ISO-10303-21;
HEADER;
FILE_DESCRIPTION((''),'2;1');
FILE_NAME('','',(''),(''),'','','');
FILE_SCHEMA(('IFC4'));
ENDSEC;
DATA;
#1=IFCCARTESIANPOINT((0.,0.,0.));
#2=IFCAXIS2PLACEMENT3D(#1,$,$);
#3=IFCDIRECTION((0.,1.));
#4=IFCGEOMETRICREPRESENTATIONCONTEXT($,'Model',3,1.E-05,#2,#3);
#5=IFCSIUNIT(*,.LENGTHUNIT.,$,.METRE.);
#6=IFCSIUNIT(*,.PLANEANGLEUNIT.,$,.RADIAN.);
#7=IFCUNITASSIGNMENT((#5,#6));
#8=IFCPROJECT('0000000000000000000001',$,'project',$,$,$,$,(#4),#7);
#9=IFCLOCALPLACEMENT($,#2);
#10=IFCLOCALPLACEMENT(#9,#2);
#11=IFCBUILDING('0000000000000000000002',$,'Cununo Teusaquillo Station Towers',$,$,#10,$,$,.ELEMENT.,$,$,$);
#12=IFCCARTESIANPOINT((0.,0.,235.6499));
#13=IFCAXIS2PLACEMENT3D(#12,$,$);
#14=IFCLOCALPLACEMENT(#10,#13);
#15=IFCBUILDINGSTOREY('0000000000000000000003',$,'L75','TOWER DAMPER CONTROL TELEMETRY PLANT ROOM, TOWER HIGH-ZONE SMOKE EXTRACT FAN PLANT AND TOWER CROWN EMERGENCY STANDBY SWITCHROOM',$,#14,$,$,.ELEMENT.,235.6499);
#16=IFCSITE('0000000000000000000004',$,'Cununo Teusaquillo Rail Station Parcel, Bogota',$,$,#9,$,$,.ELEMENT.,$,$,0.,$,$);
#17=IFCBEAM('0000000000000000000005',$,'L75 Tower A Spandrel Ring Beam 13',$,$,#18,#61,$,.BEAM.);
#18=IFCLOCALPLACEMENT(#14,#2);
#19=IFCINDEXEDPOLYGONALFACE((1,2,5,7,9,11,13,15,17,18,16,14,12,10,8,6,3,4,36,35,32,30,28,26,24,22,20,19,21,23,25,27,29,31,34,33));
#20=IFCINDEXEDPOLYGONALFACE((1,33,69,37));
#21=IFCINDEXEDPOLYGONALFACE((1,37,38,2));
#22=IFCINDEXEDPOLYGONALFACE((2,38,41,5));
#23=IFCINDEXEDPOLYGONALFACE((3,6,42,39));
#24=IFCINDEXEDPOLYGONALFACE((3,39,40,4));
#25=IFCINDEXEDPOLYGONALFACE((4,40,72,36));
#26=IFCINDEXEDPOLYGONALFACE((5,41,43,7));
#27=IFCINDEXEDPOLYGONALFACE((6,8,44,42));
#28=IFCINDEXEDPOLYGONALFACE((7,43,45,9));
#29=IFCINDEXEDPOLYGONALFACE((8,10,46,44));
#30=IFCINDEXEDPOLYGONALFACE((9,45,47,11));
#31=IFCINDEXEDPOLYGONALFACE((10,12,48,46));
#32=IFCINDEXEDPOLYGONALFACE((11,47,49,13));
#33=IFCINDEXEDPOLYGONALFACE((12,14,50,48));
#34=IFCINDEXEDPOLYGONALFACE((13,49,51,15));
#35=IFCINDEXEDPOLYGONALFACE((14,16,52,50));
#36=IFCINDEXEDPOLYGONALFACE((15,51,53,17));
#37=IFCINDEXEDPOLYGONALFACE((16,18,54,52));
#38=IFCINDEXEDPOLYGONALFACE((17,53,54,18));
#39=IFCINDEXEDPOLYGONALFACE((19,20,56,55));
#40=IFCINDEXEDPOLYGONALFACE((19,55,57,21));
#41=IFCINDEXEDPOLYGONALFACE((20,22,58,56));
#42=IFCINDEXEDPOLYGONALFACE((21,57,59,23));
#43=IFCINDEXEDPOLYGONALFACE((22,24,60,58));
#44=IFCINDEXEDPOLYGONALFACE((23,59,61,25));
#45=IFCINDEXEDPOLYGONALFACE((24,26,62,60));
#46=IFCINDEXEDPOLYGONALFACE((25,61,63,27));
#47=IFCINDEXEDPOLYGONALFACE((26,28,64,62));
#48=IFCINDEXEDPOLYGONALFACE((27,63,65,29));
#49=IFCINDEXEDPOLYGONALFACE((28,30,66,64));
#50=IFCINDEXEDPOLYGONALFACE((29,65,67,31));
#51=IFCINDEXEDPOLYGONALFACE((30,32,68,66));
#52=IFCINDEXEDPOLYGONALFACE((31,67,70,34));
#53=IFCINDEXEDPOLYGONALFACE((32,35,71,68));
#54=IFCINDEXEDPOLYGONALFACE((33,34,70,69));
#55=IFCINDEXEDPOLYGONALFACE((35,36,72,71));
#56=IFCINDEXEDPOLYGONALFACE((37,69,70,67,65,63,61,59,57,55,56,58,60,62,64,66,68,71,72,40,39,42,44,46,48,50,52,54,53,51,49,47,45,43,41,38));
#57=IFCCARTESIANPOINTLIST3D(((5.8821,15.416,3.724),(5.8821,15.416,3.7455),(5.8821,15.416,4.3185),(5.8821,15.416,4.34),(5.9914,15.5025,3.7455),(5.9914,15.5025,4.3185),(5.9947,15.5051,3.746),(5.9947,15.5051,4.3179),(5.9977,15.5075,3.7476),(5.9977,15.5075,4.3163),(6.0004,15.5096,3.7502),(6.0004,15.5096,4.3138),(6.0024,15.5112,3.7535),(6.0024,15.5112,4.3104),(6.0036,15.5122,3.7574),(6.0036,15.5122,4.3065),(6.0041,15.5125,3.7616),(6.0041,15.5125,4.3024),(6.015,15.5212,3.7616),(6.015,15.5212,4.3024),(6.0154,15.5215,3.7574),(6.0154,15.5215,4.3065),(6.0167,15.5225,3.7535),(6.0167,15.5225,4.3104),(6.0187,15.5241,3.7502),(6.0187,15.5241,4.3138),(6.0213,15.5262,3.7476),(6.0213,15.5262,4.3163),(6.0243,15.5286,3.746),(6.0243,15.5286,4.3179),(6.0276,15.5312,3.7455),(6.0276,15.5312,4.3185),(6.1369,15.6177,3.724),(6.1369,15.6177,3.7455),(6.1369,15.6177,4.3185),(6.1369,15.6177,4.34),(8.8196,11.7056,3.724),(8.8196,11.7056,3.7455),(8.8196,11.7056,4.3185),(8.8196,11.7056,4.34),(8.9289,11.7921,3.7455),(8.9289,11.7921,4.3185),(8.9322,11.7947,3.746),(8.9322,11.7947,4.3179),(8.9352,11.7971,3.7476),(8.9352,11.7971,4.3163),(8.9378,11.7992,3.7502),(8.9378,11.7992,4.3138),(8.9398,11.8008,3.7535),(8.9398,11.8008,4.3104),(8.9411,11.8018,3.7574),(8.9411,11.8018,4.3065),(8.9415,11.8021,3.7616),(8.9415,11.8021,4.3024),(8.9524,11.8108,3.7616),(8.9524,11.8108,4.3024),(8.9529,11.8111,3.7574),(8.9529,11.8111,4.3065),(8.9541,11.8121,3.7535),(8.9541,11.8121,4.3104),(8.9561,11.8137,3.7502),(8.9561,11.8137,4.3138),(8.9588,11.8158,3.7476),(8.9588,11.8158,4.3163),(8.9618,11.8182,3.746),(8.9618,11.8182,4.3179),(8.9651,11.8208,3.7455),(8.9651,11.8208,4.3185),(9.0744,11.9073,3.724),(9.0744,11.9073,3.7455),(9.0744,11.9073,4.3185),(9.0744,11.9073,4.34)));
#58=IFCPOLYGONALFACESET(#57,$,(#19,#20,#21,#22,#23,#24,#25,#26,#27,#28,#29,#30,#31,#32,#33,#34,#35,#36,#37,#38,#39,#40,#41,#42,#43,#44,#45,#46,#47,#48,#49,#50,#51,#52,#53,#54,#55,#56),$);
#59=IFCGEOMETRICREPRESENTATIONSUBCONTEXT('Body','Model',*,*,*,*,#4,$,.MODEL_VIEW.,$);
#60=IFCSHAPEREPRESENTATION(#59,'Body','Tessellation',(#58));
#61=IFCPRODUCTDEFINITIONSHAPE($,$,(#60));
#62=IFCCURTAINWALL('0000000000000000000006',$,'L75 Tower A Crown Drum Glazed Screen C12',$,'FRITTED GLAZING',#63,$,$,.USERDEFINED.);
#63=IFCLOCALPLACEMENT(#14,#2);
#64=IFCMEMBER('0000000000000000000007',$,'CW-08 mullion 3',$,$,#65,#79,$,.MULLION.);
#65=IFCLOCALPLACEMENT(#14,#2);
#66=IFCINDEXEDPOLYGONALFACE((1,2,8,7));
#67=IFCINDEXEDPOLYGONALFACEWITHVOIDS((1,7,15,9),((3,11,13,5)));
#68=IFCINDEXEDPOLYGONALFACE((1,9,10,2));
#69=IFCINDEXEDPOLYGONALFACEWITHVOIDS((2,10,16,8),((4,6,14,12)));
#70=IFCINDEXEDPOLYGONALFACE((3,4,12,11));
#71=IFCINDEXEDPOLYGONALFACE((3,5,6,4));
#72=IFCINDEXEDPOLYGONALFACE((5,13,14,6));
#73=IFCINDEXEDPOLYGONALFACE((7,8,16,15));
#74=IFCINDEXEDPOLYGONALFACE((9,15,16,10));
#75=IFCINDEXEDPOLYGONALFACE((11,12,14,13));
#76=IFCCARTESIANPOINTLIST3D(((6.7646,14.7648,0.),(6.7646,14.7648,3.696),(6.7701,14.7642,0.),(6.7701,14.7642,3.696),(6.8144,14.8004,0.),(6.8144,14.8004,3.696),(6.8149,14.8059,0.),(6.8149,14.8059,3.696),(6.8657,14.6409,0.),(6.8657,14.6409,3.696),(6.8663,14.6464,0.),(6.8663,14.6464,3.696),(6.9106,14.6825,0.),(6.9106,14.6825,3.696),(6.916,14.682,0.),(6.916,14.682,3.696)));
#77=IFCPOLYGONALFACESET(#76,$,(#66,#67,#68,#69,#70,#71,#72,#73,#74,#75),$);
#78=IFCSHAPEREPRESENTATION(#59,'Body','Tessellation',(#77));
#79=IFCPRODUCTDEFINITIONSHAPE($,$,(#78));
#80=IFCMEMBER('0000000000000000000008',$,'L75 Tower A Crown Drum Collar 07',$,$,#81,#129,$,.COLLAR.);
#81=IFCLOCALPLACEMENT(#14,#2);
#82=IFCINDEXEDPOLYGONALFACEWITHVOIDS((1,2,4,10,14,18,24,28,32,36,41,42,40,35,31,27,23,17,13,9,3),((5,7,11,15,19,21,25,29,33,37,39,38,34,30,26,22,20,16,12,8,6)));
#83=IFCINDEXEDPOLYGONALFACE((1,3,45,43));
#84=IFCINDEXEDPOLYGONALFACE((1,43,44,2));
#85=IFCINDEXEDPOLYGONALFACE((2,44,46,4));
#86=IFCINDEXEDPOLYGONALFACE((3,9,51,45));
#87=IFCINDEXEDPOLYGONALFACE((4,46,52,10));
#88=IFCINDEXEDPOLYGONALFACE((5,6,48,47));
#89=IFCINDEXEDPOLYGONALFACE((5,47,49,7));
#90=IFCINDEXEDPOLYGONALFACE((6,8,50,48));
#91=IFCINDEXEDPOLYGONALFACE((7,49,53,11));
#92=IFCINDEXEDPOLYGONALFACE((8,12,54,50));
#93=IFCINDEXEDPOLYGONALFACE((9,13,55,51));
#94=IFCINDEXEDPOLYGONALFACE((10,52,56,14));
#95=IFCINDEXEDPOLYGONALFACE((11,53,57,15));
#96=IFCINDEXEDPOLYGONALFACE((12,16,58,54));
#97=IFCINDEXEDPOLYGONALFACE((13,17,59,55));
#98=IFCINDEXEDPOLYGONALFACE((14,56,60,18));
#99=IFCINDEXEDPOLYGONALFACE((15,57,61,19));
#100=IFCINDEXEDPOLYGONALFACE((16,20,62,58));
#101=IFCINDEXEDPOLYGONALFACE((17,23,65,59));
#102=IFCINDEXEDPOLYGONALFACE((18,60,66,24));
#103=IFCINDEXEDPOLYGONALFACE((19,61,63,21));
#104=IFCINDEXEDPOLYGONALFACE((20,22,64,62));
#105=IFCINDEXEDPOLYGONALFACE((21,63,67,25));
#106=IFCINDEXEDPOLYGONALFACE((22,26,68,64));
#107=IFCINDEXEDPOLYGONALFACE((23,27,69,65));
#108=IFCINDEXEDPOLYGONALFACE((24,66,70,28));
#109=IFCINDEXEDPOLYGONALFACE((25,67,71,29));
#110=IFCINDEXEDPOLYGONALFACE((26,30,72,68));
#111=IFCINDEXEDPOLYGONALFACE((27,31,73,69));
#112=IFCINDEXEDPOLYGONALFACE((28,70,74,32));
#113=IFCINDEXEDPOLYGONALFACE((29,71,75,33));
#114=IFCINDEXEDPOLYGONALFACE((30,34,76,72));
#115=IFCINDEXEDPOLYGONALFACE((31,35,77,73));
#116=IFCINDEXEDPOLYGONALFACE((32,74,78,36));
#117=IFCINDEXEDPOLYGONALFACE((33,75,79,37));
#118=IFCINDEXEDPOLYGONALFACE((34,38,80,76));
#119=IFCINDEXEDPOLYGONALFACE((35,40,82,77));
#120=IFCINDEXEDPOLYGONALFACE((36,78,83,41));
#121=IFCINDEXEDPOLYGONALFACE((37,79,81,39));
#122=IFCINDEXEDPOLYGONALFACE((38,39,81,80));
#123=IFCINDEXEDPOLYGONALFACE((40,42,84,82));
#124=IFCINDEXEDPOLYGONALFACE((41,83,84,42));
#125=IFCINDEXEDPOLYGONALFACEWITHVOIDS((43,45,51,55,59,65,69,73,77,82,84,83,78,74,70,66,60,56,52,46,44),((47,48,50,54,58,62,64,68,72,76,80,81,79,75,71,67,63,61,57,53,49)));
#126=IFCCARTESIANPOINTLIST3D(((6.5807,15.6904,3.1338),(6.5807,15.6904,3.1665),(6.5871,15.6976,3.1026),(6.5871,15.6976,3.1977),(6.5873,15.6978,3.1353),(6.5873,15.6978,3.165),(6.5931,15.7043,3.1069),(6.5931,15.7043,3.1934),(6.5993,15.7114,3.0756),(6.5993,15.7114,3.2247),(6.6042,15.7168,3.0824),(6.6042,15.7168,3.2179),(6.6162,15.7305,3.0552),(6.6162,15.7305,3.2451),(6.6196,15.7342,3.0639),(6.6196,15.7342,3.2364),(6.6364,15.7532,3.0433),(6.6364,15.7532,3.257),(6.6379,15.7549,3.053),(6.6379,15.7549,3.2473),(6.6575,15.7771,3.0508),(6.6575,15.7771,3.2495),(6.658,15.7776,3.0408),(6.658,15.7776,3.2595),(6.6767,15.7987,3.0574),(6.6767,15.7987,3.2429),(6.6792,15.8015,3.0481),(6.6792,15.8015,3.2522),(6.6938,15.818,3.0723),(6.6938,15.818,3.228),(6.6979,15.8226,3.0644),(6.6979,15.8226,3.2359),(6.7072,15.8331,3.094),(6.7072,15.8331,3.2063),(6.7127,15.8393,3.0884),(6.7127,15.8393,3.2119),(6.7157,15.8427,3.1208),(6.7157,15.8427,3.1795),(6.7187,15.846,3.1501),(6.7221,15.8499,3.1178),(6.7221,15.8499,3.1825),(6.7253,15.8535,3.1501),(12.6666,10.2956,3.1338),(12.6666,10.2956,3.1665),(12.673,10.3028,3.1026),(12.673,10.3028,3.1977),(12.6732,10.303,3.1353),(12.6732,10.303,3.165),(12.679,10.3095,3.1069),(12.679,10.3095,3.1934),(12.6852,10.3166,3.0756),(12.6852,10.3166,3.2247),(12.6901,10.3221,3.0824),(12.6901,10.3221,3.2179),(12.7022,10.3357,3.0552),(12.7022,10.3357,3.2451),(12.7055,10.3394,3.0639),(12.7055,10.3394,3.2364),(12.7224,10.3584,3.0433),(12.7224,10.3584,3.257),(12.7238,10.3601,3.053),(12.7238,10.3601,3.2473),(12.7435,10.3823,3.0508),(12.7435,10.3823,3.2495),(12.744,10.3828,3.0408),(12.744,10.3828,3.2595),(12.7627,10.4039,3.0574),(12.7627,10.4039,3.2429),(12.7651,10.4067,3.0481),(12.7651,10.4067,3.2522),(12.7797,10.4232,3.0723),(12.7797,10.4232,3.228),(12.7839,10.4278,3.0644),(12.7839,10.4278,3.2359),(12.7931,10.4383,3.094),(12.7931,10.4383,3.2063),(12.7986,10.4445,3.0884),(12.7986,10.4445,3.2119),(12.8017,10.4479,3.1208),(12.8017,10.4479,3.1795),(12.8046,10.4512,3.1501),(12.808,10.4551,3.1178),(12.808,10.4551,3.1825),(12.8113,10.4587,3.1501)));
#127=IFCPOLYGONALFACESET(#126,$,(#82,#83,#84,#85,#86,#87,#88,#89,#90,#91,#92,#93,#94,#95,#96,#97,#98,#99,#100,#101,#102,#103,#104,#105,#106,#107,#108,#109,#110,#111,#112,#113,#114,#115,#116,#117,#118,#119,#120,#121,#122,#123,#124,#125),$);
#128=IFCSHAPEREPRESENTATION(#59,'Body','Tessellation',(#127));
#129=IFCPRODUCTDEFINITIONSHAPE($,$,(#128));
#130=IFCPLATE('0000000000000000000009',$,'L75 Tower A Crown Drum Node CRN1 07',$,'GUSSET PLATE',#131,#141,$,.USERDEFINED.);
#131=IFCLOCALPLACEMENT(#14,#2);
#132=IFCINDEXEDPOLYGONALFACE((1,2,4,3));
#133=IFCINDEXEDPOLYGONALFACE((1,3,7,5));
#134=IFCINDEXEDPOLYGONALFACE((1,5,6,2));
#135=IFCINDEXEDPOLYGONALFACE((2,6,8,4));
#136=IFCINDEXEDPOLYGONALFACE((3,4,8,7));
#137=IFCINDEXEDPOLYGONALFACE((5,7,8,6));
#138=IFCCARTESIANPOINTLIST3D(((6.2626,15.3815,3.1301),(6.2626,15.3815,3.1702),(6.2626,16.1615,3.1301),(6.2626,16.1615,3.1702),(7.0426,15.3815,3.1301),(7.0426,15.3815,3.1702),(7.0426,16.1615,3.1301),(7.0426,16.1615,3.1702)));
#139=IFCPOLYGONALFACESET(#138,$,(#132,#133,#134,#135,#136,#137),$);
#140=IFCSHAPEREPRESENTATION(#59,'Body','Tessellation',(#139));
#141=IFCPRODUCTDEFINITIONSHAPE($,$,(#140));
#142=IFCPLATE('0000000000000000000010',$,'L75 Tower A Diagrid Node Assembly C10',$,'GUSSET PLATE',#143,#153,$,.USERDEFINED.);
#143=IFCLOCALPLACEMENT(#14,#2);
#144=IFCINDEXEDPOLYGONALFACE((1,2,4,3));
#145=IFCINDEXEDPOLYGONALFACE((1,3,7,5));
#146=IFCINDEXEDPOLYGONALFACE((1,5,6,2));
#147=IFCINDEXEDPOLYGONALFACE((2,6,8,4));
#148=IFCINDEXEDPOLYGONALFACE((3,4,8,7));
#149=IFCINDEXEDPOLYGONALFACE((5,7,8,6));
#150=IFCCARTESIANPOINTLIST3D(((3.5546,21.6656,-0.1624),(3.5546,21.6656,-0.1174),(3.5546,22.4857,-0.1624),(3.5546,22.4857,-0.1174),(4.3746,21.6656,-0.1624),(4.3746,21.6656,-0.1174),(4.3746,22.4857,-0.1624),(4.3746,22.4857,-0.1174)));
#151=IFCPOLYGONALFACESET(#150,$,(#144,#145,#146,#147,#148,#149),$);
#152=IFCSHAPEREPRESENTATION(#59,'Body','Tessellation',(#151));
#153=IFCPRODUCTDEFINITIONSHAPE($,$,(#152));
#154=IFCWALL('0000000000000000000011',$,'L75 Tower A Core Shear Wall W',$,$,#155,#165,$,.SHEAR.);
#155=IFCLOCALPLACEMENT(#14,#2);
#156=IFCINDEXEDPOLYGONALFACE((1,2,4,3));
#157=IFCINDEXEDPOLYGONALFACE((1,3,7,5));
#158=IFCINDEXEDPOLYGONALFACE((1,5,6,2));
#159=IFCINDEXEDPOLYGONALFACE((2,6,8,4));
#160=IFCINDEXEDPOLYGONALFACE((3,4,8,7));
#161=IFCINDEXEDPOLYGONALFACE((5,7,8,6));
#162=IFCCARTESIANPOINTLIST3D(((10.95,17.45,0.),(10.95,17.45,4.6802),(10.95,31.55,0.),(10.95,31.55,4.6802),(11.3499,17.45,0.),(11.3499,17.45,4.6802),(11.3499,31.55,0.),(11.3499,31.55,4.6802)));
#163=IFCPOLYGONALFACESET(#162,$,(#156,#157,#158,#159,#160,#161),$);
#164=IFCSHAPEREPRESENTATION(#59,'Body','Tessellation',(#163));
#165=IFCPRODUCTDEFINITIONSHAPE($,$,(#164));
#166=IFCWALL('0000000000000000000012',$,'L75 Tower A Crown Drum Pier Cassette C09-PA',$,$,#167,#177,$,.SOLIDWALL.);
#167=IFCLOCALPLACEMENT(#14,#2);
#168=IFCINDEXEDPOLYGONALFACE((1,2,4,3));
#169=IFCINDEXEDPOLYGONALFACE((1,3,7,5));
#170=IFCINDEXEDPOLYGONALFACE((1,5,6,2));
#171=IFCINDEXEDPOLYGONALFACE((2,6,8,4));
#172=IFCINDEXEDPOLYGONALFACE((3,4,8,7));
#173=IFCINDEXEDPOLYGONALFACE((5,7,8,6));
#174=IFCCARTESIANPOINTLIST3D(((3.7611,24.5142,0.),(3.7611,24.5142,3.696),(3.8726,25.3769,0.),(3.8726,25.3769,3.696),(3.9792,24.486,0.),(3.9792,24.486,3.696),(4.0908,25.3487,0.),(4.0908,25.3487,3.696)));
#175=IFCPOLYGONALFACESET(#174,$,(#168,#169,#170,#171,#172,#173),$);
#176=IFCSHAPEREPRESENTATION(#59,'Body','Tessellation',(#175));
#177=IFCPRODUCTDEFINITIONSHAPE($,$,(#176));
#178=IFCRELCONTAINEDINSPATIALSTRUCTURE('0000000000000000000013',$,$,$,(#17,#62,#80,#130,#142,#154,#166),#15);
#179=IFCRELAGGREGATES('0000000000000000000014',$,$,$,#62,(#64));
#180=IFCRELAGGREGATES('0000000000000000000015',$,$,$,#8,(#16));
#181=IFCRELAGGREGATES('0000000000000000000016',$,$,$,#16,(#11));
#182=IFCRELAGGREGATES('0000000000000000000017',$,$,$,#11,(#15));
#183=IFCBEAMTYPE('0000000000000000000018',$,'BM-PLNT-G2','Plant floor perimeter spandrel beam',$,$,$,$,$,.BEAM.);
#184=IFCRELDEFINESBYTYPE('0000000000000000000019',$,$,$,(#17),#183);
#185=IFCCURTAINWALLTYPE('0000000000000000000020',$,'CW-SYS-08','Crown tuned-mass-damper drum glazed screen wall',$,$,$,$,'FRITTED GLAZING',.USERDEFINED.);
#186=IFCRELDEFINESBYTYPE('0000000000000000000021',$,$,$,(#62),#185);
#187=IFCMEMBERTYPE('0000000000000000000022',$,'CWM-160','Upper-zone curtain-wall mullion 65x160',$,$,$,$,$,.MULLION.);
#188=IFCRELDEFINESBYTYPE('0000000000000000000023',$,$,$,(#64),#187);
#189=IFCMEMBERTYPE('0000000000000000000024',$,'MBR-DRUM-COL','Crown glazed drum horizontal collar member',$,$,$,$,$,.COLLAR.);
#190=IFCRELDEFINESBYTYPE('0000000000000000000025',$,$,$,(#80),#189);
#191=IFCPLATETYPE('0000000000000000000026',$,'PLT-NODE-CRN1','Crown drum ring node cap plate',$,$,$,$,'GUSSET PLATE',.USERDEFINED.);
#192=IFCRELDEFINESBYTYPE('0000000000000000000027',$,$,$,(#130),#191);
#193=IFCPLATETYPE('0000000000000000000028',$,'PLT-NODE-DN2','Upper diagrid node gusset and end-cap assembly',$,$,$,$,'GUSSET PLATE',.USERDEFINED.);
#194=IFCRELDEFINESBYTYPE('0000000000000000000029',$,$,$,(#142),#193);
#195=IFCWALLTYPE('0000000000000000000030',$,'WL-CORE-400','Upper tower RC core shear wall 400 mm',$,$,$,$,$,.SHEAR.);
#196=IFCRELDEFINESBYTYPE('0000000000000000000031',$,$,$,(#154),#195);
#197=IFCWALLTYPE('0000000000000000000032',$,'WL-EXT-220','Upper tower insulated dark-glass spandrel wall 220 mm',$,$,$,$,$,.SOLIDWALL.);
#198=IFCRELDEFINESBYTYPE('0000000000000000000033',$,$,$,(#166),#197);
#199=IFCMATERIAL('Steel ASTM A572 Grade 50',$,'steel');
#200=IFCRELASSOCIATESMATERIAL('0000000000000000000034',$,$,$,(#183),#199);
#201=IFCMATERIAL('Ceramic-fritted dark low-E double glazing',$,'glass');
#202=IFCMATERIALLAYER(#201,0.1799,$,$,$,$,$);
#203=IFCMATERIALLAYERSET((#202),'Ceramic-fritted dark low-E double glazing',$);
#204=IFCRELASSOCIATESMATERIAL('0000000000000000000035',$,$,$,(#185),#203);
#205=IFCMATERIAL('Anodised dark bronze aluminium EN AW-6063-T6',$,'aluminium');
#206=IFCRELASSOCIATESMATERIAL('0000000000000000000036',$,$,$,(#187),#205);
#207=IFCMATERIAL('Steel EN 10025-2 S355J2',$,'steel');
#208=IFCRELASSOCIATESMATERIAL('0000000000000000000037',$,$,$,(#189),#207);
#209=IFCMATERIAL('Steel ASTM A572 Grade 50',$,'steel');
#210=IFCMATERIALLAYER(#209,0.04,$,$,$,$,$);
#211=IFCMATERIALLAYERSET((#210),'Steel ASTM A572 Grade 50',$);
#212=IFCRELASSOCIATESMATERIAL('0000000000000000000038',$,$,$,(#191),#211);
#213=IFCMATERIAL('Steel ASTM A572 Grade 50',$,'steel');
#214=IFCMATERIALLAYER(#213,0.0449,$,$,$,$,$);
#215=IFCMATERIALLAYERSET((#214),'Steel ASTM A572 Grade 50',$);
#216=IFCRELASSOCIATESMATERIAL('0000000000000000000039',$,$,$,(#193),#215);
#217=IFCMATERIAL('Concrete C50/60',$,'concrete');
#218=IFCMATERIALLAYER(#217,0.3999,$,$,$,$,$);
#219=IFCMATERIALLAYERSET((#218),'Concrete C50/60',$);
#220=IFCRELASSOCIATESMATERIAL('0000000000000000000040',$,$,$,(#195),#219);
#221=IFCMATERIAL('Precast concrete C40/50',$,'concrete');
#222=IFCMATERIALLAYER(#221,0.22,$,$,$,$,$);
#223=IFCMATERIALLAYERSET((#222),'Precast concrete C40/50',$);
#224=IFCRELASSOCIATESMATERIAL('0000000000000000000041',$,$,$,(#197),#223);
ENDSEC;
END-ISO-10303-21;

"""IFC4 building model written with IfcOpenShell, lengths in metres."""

from ifc_helpers import new_model, si_unit, direction, frame, frame_2d, origin, origin_2d, place, context, subcontext, project, spatial, rectangle, hollow_rectangle, hollow_circle, i_section, extrude, source, transform, mapped, material, layer, layer_set, material_profile, profile_set, type_object, element, aggregate, save


model = new_model("IFC4")

# Units and contexts
model_context = context("Model", 3, precision=1e-05, world=origin(), true_north=direction((0.0, 1.0)))
body_context = subcontext(model_context, "Body", "Model", "MODEL_VIEW")
ifc_project = project(units=[si_unit("LENGTHUNIT", "METRE"), si_unit("PLANEANGLEUNIT", "RADIAN")], contexts=[model_context])

# Site, building, storey
site_placement = place(None, origin())
site = spatial("IfcSite", under=ifc_project, at=site_placement, Name="Cununo Teusaquillo Rail Station Parcel, Bogota", CompositionType="ELEMENT", RefElevation=0.0)
building_placement = place(site_placement, origin())
building = spatial("IfcBuilding", under=site, at=building_placement, Name="Cununo Teusaquillo Station Towers", CompositionType="ELEMENT")
storey_placement = place(building_placement, frame((0.0, 0.0, 235.6499)))
storey = spatial("IfcBuildingStorey", under=building, at=storey_placement, Name="L75", Description="TOWER DAMPER CONTROL TELEMETRY PLANT ROOM, TOWER HIGH-ZONE SMOKE EXTRACT FAN PLANT AND TOWER CROWN EMERGENCY STANDBY SWITCHROOM", CompositionType="ELEMENT", Elevation=235.6499)

# Beam
ifc_material_1 = material(Name="Steel ASTM A572 Grade 50", Category="steel")
ifc_material_profile_1 = material_profile(ifc_material_1, i_section(OverallWidth=0.325, OverallDepth=0.616, WebThickness=0.0139, FlangeThickness=0.0215, FilletRadius=0.0161, at=origin_2d()), Name="W24X117")
ifc_profile_set_1 = profile_set([ifc_material_profile_1], Name="Steel ASTM A572 Grade 50")
beam_type = type_object("IfcBeamType", Name="BM-PLNT-G2", Description="Plant floor perimeter spandrel beam", PredefinedType="BEAM", material=ifc_profile_set_1)
beam_1_placement = place(storey_placement, frame((6.0095, 15.5168, 4.032), z_axis=(0.620711, -0.78404, 0.0), x_axis=(0.78404, 0.620711, 0.0)))
element("IfcBeam", 1, at=beam_1_placement, inside=storey, type_object=beam_type, Name="L75 Tower A Spandrel Ring Beam 13", PredefinedType="BEAM", context=body_context, shape_type="SweptSolid", body=[
    extrude(i_section(OverallWidth=0.325, OverallDepth=0.616, WebThickness=0.0139, FlangeThickness=0.0215, FilletRadius=0.0161, at=origin_2d()), origin(), (0.0, 0.0, 1.0), 4.7324),
])

# Curtain wall, member
ifc_material_2 = material(Name="Ceramic-fritted dark low-E double glazing", Category="glass")
ifc_layer_1 = layer(ifc_material_2, 0.1799)
ifc_layer_set_1 = layer_set([ifc_layer_1], Name="Ceramic-fritted dark low-E double glazing")
curtain_wall_type = type_object("IfcCurtainWallType", Name="CW-SYS-08", Description="Crown tuned-mass-damper drum glazed screen wall", ElementType="FRITTED GLAZING", PredefinedType="USERDEFINED", material=ifc_layer_set_1)
curtain_wall_placement = place(storey_placement, origin())
curtain_wall = element("IfcCurtainWall", 2, at=curtain_wall_placement, inside=storey, type_object=curtain_wall_type, Name="L75 Tower A Crown Drum Glazed Screen C12", ObjectType="FRITTED GLAZING", PredefinedType="USERDEFINED")
ifc_material_3 = material(Name="Anodised dark bronze aluminium EN AW-6063-T6", Category="aluminium")
ifc_material_profile_2 = material_profile(ifc_material_3, hollow_rectangle(XDim=0.0649, YDim=0.1599, WallThickness=0.0039, at=origin_2d()), Name="CW-MULL-65x160")
ifc_profile_set_2 = profile_set([ifc_material_profile_2], Name="Anodised dark bronze aluminium EN AW-6063-T6")
member_type_1 = type_object("IfcMemberType", Name="CWM-160", Description="Upper-zone curtain-wall mullion 65x160", PredefinedType="MULLION", material=ifc_profile_set_2)
member_1_placement = place(storey_placement, frame((6.8403, 14.7234, 0.0), z_axis=(0.0, 0.0, 1.0), x_axis=(-0.774635, -0.632409, 0.0)))
member_1 = element("IfcMember", 3, at=member_1_placement, type_object=member_type_1, Name="CW-08 mullion 3", PredefinedType="MULLION", context=body_context, shape_type="SweptSolid", body=[
    extrude(hollow_rectangle(XDim=0.0649, YDim=0.1599, WallThickness=0.0039, at=origin_2d()), origin(), (0.0, 0.0, 1.0), 3.696),
])
aggregate(curtain_wall, [member_1])

# Member
ifc_material_4 = material(Name="Steel EN 10025-2 S355J2", Category="steel")
ifc_material_profile_3 = material_profile(ifc_material_4, hollow_circle(Radius=0.1096, WallThickness=0.01, at=origin_2d()), Name="CHS 219x10")
ifc_profile_set_3 = profile_set([ifc_material_profile_3], Name="Steel EN 10025-2 S355J2")
member_type_2 = type_object("IfcMemberType", Name="MBR-DRUM-COL", Description="Crown glazed drum horizontal collar member", PredefinedType="COLLAR", material=ifc_profile_set_3)
member_2_placement = place(storey_placement, frame((6.6526, 15.7715, 3.1501), z_axis=(0.748321, -0.663337, 0.0), x_axis=(0.663337, 0.748321, 0.0)))
element("IfcMember", 4, at=member_2_placement, inside=storey, type_object=member_type_2, Name="L75 Tower A Crown Drum Collar 07", PredefinedType="COLLAR", context=body_context, shape_type="SweptSolid", body=[
    extrude(hollow_circle(Radius=0.1096, WallThickness=0.01, at=origin_2d()), origin(), (0.0, 0.0, 1.0), 8.1328),
])

# Plates
ifc_material_5 = material(Name="Steel ASTM A572 Grade 50", Category="steel")
ifc_layer_2 = layer(ifc_material_5, 0.04)
ifc_layer_set_2 = layer_set([ifc_layer_2], Name="Steel ASTM A572 Grade 50")
plate_type_1 = type_object("IfcPlateType", Name="PLT-NODE-CRN1", Description="Crown drum ring node cap plate", ElementType="GUSSET PLATE", PredefinedType="USERDEFINED", material=ifc_layer_set_2)
shared_shape_1 = source(origin(), body_context, "Body", "SweptSolid", [
    extrude(rectangle(XDim=0.78, YDim=0.78, at=origin_2d()), origin(), (0.0, 0.0, 1.0), 0.04),
])
plate_1_placement = place(storey_placement, frame((6.6526, 15.7715, 3.1301), z_axis=(0.0, 0.0, 1.0), x_axis=(1.0, 0.0, 0.0)))
element("IfcPlate", 5, at=plate_1_placement, inside=storey, type_object=plate_type_1, Name="L75 Tower A Crown Drum Node CRN1 07", ObjectType="GUSSET PLATE", PredefinedType="USERDEFINED", context=body_context, shape_type="MappedRepresentation", body=[
    mapped(shared_shape_1, transform((0.0, 0.0, 0.0), x_axis=(1.0, 0.0, 0.0), y_axis=(0.0, 1.0, 0.0), z_axis=(0.0, 0.0, 1.0), scale=1.0)),
])
ifc_material_6 = material(Name="Steel ASTM A572 Grade 50", Category="steel")
ifc_layer_3 = layer(ifc_material_6, 0.0449)
ifc_layer_set_3 = layer_set([ifc_layer_3], Name="Steel ASTM A572 Grade 50")
plate_type_2 = type_object("IfcPlateType", Name="PLT-NODE-DN2", Description="Upper diagrid node gusset and end-cap assembly", ElementType="GUSSET PLATE", PredefinedType="USERDEFINED", material=ifc_layer_set_3)
shared_shape_2 = source(origin(), body_context, "Body", "SweptSolid", [
    extrude(rectangle(XDim=0.8201, YDim=0.8201, at=origin_2d()), origin(), (0.0, 0.0, 1.0), 0.0449),
])
plate_2_placement = place(storey_placement, frame((3.9646, 22.0757, -0.1624), z_axis=(0.0, 0.0, 1.0), x_axis=(1.0, 0.0, 0.0)))
element("IfcPlate", 6, at=plate_2_placement, inside=storey, type_object=plate_type_2, Name="L75 Tower A Diagrid Node Assembly C10", ObjectType="GUSSET PLATE", PredefinedType="USERDEFINED", context=body_context, shape_type="MappedRepresentation", body=[
    mapped(shared_shape_2, transform((0.0, 0.0, 0.0), x_axis=(1.0, 0.0, 0.0), y_axis=(0.0, 1.0, 0.0), z_axis=(0.0, 0.0, 1.0), scale=1.0)),
])

# Walls
ifc_material_7 = material(Name="Concrete C50/60", Category="concrete")
ifc_layer_4 = layer(ifc_material_7, 0.3999)
ifc_layer_set_4 = layer_set([ifc_layer_4], Name="Concrete C50/60")
wall_type_1 = type_object("IfcWallType", Name="WL-CORE-400", Description="Upper tower RC core shear wall 400 mm", PredefinedType="SHEAR", material=ifc_layer_set_4)
wall_1_placement = place(storey_placement, frame((11.1499, 17.45, 0.0), z_axis=(0.0, 0.0, 1.0), x_axis=(0.0, 1.0, 0.0)))
element("IfcWall", 7, at=wall_1_placement, inside=storey, type_object=wall_type_1, Name="L75 Tower A Core Shear Wall W", PredefinedType="SHEAR", context=body_context, shape_type="SweptSolid", body=[
    extrude(rectangle(XDim=14.1001, YDim=0.3999, at=frame_2d((7.05, 0.0))), origin(), (0.0, 0.0, 1.0), 4.6802),
])
ifc_material_8 = material(Name="Precast concrete C40/50", Category="concrete")
ifc_layer_5 = layer(ifc_material_8, 0.22)
ifc_layer_set_5 = layer_set([ifc_layer_5], Name="Precast concrete C40/50")
wall_type_2 = type_object("IfcWallType", Name="WL-EXT-220", Description="Upper tower insulated dark-glass spandrel wall 220 mm", PredefinedType="SOLIDWALL", material=ifc_layer_set_5)
wall_2_placement = place(storey_placement, frame((3.8701, 24.5, 0.0), z_axis=(0.0, 0.0, 1.0), x_axis=(0.128247, 0.991742, 0.0)))
element("IfcWall", 8, at=wall_2_placement, inside=storey, type_object=wall_type_2, Name="L75 Tower A Crown Drum Pier Cassette C09-PA", PredefinedType="SOLIDWALL", context=body_context, shape_type="SweptSolid", body=[
    extrude(rectangle(XDim=0.8699, YDim=0.22, at=frame_2d((0.4351, 0.0))), origin(), (0.0, 0.0, 1.0), 3.696),
])

save(model, "model.ifc")
